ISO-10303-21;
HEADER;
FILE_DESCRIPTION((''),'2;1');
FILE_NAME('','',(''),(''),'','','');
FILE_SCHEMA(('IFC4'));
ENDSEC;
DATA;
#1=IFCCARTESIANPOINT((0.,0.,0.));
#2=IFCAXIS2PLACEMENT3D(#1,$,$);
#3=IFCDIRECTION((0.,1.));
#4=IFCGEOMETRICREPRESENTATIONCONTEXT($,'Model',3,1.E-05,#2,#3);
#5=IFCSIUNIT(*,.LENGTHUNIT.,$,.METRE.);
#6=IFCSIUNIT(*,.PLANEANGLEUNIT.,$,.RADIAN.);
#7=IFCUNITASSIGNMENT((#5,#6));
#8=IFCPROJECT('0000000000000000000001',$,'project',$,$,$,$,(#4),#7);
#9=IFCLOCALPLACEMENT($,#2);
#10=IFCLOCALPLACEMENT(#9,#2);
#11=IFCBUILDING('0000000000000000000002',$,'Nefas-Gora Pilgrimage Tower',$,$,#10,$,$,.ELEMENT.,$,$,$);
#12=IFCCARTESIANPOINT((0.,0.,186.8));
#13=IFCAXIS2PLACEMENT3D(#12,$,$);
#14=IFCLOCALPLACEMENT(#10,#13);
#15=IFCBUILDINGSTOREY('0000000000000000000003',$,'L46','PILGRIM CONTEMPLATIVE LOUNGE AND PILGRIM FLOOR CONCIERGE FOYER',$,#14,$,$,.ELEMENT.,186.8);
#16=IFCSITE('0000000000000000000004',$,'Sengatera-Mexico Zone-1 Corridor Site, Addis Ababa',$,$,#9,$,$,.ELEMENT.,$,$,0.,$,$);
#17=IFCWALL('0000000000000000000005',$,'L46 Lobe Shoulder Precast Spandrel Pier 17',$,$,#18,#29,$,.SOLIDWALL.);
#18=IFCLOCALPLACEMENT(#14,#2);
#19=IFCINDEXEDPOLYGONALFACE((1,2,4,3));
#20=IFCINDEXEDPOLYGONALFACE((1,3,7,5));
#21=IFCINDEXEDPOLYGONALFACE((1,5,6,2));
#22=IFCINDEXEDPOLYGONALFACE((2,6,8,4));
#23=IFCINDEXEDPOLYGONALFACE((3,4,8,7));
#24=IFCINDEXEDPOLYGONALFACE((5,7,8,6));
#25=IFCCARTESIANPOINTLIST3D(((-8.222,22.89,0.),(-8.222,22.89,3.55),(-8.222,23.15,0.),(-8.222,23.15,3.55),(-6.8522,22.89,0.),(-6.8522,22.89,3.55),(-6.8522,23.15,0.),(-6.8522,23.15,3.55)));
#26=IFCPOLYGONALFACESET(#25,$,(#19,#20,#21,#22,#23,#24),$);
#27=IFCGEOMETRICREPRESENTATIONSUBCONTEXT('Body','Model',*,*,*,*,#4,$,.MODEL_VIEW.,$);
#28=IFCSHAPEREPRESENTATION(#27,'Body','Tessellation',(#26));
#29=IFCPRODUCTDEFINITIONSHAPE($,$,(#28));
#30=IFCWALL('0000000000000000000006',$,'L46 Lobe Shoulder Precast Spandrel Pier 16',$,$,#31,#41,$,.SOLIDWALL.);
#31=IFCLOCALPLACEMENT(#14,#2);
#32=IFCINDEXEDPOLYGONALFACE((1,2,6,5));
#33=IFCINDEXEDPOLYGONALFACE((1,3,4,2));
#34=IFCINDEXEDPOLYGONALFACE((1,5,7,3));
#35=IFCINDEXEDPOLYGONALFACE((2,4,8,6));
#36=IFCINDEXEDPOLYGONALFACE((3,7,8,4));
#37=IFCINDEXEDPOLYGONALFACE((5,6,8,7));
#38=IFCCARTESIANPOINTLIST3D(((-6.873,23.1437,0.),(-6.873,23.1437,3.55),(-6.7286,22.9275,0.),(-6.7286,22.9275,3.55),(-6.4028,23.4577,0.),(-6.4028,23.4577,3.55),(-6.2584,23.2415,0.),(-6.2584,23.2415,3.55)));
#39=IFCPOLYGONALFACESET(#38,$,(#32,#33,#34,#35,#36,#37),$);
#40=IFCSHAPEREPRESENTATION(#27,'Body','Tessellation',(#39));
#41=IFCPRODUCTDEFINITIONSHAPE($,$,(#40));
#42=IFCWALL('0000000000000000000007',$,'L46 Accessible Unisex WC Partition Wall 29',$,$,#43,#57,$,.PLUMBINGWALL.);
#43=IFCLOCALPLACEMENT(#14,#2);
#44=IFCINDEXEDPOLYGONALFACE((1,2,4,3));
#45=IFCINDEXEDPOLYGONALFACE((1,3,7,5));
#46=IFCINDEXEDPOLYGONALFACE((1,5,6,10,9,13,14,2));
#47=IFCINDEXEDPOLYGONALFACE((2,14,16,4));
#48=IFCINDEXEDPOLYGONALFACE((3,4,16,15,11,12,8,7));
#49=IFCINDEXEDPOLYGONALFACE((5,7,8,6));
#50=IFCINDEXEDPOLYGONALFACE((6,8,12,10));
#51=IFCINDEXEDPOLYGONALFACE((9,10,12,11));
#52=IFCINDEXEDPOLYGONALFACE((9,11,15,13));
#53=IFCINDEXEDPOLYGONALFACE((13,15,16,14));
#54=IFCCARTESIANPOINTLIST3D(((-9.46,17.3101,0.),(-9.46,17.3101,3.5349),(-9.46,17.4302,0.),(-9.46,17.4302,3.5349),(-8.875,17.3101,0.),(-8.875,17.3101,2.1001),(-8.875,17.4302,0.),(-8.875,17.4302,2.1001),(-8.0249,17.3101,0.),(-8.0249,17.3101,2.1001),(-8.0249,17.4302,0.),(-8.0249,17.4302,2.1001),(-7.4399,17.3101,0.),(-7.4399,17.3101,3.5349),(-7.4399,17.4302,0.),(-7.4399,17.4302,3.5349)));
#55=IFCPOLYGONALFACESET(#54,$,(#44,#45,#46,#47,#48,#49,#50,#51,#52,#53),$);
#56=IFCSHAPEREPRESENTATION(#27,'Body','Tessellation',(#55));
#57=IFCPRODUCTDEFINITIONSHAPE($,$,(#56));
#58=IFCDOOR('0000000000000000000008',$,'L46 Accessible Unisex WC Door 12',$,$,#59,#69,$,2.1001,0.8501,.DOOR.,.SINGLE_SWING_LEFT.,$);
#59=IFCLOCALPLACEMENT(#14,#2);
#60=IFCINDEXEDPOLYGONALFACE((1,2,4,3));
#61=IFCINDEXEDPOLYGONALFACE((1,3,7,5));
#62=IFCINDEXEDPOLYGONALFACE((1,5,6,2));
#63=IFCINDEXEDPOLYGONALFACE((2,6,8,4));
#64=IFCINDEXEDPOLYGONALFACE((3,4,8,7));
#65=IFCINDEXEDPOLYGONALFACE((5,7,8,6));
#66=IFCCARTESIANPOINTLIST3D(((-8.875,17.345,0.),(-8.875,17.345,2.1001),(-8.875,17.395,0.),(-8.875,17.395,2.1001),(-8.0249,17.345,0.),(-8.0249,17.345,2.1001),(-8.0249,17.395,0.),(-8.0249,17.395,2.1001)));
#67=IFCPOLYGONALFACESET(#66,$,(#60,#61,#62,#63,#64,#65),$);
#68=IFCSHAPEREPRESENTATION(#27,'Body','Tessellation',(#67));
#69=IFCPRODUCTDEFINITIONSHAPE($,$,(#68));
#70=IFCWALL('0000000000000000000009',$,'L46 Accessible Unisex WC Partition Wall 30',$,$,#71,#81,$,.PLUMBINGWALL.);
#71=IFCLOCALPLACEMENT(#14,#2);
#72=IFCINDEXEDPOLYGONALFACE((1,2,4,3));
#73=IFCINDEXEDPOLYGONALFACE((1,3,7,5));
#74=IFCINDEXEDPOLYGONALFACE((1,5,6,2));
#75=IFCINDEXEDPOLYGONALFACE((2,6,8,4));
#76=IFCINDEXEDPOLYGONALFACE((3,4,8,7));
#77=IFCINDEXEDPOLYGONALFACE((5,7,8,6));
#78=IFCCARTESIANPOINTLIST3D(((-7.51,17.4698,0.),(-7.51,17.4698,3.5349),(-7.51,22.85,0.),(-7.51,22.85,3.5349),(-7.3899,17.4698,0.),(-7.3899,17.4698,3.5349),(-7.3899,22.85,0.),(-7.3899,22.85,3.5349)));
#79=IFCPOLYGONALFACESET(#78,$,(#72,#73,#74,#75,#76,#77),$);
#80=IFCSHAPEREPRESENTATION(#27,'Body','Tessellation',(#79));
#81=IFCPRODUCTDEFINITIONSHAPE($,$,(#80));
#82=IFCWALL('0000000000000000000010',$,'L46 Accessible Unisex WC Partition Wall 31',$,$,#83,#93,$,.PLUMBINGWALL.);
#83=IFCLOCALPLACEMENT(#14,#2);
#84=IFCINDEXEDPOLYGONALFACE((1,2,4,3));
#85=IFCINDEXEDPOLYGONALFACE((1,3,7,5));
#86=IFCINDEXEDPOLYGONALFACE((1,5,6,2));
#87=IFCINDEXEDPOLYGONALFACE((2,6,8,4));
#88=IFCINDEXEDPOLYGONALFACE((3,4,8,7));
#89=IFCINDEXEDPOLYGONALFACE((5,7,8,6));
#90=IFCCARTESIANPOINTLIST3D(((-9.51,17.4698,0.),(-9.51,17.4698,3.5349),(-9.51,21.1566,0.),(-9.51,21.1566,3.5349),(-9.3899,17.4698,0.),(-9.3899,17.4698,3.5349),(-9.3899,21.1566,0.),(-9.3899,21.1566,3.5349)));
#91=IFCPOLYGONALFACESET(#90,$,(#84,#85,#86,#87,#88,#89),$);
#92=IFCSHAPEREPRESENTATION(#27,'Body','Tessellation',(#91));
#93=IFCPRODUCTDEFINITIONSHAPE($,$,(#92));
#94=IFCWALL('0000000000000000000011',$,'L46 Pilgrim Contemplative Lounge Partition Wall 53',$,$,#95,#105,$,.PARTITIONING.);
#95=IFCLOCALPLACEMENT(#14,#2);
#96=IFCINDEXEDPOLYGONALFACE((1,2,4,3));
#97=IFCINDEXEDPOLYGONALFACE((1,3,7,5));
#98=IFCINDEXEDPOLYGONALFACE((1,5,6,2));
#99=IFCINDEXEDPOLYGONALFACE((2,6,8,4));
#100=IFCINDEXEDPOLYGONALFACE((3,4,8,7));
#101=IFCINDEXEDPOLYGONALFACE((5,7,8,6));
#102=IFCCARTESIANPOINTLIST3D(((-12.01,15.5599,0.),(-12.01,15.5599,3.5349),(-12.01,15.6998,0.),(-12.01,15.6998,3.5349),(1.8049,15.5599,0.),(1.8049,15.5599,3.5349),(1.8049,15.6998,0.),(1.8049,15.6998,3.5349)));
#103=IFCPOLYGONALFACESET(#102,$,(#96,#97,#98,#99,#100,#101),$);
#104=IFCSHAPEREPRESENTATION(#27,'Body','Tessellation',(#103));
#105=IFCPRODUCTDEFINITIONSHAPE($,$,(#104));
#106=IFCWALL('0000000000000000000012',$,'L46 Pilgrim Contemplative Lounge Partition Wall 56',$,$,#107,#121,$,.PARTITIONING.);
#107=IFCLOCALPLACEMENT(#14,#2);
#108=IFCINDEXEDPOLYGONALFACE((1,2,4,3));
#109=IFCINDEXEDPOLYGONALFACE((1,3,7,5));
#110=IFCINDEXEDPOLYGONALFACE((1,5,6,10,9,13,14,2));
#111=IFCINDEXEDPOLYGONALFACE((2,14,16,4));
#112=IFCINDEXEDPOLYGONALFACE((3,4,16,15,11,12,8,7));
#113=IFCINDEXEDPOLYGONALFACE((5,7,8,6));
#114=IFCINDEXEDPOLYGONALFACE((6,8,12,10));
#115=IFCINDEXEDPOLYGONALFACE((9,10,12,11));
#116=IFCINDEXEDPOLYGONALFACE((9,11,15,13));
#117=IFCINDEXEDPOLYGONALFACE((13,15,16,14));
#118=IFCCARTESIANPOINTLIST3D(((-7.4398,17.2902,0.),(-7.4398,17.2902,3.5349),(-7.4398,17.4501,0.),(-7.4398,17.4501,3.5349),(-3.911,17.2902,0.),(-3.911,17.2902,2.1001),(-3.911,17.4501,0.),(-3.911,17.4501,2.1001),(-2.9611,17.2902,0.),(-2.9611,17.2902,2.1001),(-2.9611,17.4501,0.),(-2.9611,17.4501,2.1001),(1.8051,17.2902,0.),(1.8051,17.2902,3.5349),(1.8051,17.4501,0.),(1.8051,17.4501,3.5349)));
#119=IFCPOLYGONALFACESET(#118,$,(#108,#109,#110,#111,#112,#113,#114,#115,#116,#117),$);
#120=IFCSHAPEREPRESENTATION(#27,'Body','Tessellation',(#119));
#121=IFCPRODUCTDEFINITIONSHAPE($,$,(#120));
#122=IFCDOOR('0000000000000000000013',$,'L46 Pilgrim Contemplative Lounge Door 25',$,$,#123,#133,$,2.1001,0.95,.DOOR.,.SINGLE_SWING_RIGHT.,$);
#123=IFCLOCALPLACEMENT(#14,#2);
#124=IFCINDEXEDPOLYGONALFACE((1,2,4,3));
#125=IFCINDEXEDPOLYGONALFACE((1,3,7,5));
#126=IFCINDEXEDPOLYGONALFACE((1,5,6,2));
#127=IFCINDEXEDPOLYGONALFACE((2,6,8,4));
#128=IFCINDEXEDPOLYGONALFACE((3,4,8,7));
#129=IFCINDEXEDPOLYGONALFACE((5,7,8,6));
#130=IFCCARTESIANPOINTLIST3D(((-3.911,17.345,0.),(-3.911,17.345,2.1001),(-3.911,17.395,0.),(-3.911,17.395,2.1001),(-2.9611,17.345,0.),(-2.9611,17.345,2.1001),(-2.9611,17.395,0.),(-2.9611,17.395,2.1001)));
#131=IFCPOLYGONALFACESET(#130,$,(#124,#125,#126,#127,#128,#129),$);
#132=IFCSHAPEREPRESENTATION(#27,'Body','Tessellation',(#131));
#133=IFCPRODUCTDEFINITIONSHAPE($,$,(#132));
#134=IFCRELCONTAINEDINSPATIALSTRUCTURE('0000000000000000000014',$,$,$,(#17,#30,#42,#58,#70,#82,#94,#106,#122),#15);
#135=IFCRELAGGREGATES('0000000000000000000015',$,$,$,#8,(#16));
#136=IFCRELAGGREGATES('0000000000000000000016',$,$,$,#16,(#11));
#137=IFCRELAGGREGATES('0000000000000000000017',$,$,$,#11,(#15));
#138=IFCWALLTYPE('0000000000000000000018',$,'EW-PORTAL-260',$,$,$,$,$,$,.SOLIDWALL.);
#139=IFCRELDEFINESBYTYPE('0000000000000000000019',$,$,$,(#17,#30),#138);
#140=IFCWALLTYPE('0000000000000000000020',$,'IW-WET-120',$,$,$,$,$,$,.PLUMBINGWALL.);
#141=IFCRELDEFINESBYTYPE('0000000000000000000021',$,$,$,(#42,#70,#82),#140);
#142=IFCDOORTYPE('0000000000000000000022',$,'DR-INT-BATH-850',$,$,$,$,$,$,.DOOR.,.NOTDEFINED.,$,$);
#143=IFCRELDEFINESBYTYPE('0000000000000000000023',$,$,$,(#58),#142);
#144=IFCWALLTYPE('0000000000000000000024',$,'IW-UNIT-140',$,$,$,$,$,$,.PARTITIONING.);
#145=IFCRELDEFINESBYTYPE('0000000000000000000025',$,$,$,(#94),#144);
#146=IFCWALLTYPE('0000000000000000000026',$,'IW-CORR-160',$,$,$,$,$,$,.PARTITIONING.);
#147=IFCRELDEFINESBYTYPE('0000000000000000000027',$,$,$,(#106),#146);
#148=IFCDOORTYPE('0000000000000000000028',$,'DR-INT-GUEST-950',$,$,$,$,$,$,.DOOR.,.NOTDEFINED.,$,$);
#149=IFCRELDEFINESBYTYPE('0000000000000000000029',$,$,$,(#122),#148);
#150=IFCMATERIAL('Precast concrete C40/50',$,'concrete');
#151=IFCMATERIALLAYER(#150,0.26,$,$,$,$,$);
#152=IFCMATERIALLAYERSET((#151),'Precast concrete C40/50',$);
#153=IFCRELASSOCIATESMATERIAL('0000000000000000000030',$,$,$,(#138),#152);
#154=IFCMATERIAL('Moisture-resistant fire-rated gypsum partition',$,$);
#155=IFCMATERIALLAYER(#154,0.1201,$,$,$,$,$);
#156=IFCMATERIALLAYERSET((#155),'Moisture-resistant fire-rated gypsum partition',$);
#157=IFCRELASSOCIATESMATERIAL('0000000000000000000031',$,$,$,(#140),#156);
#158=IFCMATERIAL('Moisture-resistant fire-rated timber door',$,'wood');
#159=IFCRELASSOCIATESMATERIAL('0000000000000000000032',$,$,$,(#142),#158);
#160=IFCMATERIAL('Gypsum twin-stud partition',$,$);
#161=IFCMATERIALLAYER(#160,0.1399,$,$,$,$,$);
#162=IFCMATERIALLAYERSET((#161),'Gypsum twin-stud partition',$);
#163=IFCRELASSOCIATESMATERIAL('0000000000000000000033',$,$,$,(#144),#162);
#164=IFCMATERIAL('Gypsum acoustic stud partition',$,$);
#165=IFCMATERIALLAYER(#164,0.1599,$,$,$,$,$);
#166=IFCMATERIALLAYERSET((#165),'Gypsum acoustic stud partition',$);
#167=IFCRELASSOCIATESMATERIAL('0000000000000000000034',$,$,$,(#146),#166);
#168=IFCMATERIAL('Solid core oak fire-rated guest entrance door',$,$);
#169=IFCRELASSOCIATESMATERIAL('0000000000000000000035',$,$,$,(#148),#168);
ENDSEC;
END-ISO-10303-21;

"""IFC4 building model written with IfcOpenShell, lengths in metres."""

from ifc_helpers import new_model, si_unit, direction, frame, frame_2d, origin, place, context, subcontext, project, spatial, rectangle, extrude, source, transform, mapped, material, layer, layer_set, type_object, element, fill, save


model = new_model("IFC4")

# Units and contexts
model_context = context("Model", 3, precision=1e-05, world=origin(), true_north=direction((0.0, 1.0)))
body_context = subcontext(model_context, "Body", "Model", "MODEL_VIEW")
ifc_project = project(units=[si_unit("LENGTHUNIT", "METRE"), si_unit("PLANEANGLEUNIT", "RADIAN")], contexts=[model_context])

# Site, building, storey
site_placement = place(None, origin())
site = spatial("IfcSite", under=ifc_project, at=site_placement, Name="Sengatera-Mexico Zone-1 Corridor Site, Addis Ababa", CompositionType="ELEMENT", RefElevation=0.0)
building_placement = place(site_placement, origin())
building = spatial("IfcBuilding", under=site, at=building_placement, Name="Nefas-Gora Pilgrimage Tower", CompositionType="ELEMENT")
storey_placement = place(building_placement, frame((0.0, 0.0, 186.8)))
storey = spatial("IfcBuildingStorey", under=building, at=storey_placement, Name="L46", Description="PILGRIM CONTEMPLATIVE LOUNGE AND PILGRIM FLOOR CONCIERGE FOYER", CompositionType="ELEMENT", Elevation=186.8)

# Walls
ifc_material_1 = material(Name="Precast concrete C40/50", Category="concrete")
ifc_layer_1 = layer(ifc_material_1, 0.26)
ifc_layer_set_1 = layer_set([ifc_layer_1], Name="Precast concrete C40/50")
wall_type_1 = type_object("IfcWallType", Name="EW-PORTAL-260", PredefinedType="SOLIDWALL", material=ifc_layer_set_1)
shared_shape_1 = source(origin(), body_context, "Body", "SweptSolid", [
    extrude(rectangle(XDim=1.3699, YDim=0.26, at=frame_2d((0.6851, 0.0))), origin(), (0.0, 0.0, 1.0), 3.55),
])
wall_1_placement = place(storey_placement, frame((-6.8521, 23.02, 0.0), z_axis=(0.0, 0.0, 1.0), x_axis=(-1.0, 0.0, 0.0)))
element("IfcWall", 1, at=wall_1_placement, inside=storey, type_object=wall_type_1, Name="L46 Lobe Shoulder Precast Spandrel Pier 17", PredefinedType="SOLIDWALL", context=body_context, shape_type="MappedRepresentation", body=[
    mapped(shared_shape_1, transform((0.0, 0.0, 0.0), x_axis=(1.0, 0.0, 0.0), y_axis=(0.0, 1.0, 0.0), z_axis=(0.0, 0.0, 1.0), scale=1.0)),
])
shared_shape_2 = source(origin(), body_context, "Body", "SweptSolid", [
    extrude(rectangle(XDim=0.5654, YDim=0.26, at=frame_2d((0.2827, 0.0))), origin(), (0.0, 0.0, 1.0), 3.55),
])
wall_2_placement = place(storey_placement, frame((-6.3306, 23.3496, 0.0), z_axis=(0.0, 0.0, 1.0), x_axis=(-0.831651, -0.555298, 0.0)))
element("IfcWall", 2, at=wall_2_placement, inside=storey, type_object=wall_type_1, Name="L46 Lobe Shoulder Precast Spandrel Pier 16", PredefinedType="SOLIDWALL", context=body_context, shape_type="MappedRepresentation", body=[
    mapped(shared_shape_2, transform((0.0, 0.0, 0.0), x_axis=(1.0, 0.0, 0.0), y_axis=(0.0, 1.0, 0.0), z_axis=(0.0, 0.0, 1.0), scale=1.0)),
])

# Wall, opening, door
ifc_material_2 = material(Name="Moisture-resistant fire-rated gypsum partition")
ifc_layer_2 = layer(ifc_material_2, 0.1201)
ifc_layer_set_2 = layer_set([ifc_layer_2], Name="Moisture-resistant fire-rated gypsum partition")
wall_type_2 = type_object("IfcWallType", Name="IW-WET-120", PredefinedType="PLUMBINGWALL", material=ifc_layer_set_2)
shared_shape_3 = source(origin(), body_context, "Body", "SweptSolid", [
    extrude(rectangle(XDim=2.02, YDim=0.1201, at=frame_2d((1.01, 0.0))), origin(), (0.0, 0.0, 1.0), 3.5349),
])
wall_3_placement = place(storey_placement, frame((-9.46, 17.3701, 0.0), z_axis=(0.0, 0.0, 1.0), x_axis=(1.0, 0.0, 0.0)))
wall_3 = element("IfcWall", 3, at=wall_3_placement, inside=storey, type_object=wall_type_2, Name="L46 Accessible Unisex WC Partition Wall 29", PredefinedType="PLUMBINGWALL", context=body_context, shape_type="MappedRepresentation", body=[
    mapped(shared_shape_3, transform((0.0, 0.0, 0.0), x_axis=(1.0, 0.0, 0.0), y_axis=(0.0, 1.0, 0.0), z_axis=(0.0, 0.0, 1.0), scale=1.0)),
])
opening_1_placement = place(wall_3_placement, frame((0.585, 0.0, 0.0)))
opening_1 = element("IfcOpeningElement", 4, at=opening_1_placement, cuts=wall_3, PredefinedType="OPENING", context=body_context, shape_type="SweptSolid", body=[
    extrude(rectangle(XDim=0.8501, YDim=2.1001, at=frame_2d((0.425, 1.05))), frame((0.0, 0.0701, 0.0), z_axis=(0.0, -1.0, 0.0), x_axis=(1.0, 0.0, 0.0)), (0.0, 0.0, 1.0), 0.1401),
])
ifc_material_3 = material(Name="Moisture-resistant fire-rated timber door", Category="wood")
door_type_1 = type_object("IfcDoorType", Name="DR-INT-BATH-850", OperationType="NOTDEFINED", PredefinedType="DOOR", material=ifc_material_3)
shared_shape_4 = source(origin(), body_context, "Body", "SweptSolid", [
    extrude(rectangle(XDim=0.8501, YDim=2.1001, at=frame_2d((0.425, 1.05))), frame((0.0, 0.0249, 0.0), z_axis=(0.0, -1.0, 0.0), x_axis=(1.0, 0.0, 0.0)), (0.0, 0.0, 1.0), 0.05),
])
door_1_placement = place(opening_1_placement, origin())
door_1 = element("IfcDoor", 5, at=door_1_placement, inside=storey, type_object=door_type_1, Name="L46 Accessible Unisex WC Door 12", OperationType="SINGLE_SWING_LEFT", OverallHeight=2.1001, OverallWidth=0.8501, PredefinedType="DOOR", context=body_context, shape_type="MappedRepresentation", body=[
    mapped(shared_shape_4, transform((0.0, 0.0, 0.0), x_axis=(1.0, 0.0, 0.0), y_axis=(0.0, 1.0, 0.0), z_axis=(0.0, 0.0, 1.0), scale=1.0)),
])
fill(opening_1, door_1)

# Walls
shared_shape_5 = source(origin(), body_context, "Body", "SweptSolid", [
    extrude(rectangle(XDim=5.3801, YDim=0.1201, at=frame_2d((2.6899, 0.0))), origin(), (0.0, 0.0, 1.0), 3.5349),
])
wall_4_placement = place(storey_placement, frame((-7.45, 17.47, 0.0), z_axis=(0.0, 0.0, 1.0), x_axis=(0.0, 1.0, 0.0)))
element("IfcWall", 6, at=wall_4_placement, inside=storey, type_object=wall_type_2, Name="L46 Accessible Unisex WC Partition Wall 30", PredefinedType="PLUMBINGWALL", context=body_context, shape_type="MappedRepresentation", body=[
    mapped(shared_shape_5, transform((0.0, 0.0, 0.0), x_axis=(1.0, 0.0, 0.0), y_axis=(0.0, 1.0, 0.0), z_axis=(0.0, 0.0, 1.0), scale=1.0)),
])
shared_shape_6 = source(origin(), body_context, "Body", "SweptSolid", [
    extrude(rectangle(XDim=3.6868, YDim=0.1201, at=frame_2d((1.8433, 0.0))), origin(), (0.0, 0.0, 1.0), 3.5349),
])
wall_5_placement = place(storey_placement, frame((-9.45, 17.47, 0.0), z_axis=(0.0, 0.0, 1.0), x_axis=(0.0, 1.0, 0.0)))
element("IfcWall", 7, at=wall_5_placement, inside=storey, type_object=wall_type_2, Name="L46 Accessible Unisex WC Partition Wall 31", PredefinedType="PLUMBINGWALL", context=body_context, shape_type="MappedRepresentation", body=[
    mapped(shared_shape_6, transform((0.0, 0.0, 0.0), x_axis=(1.0, 0.0, 0.0), y_axis=(0.0, 1.0, 0.0), z_axis=(0.0, 0.0, 1.0), scale=1.0)),
])
ifc_material_4 = material(Name="Gypsum twin-stud partition")
ifc_layer_3 = layer(ifc_material_4, 0.1399)
ifc_layer_set_3 = layer_set([ifc_layer_3], Name="Gypsum twin-stud partition")
wall_type_3 = type_object("IfcWallType", Name="IW-UNIT-140", PredefinedType="PARTITIONING", material=ifc_layer_set_3)
shared_shape_7 = source(origin(), body_context, "Body", "SweptSolid", [
    extrude(rectangle(XDim=13.8149, YDim=0.1399, at=frame_2d((6.9075, 0.0))), origin(), (0.0, 0.0, 1.0), 3.5349),
])
wall_6_placement = place(storey_placement, frame((-12.01, 15.6299, 0.0), z_axis=(0.0, 0.0, 1.0), x_axis=(1.0, 0.0, 0.0)))
element("IfcWall", 8, at=wall_6_placement, inside=storey, type_object=wall_type_3, Name="L46 Pilgrim Contemplative Lounge Partition Wall 53", PredefinedType="PARTITIONING", context=body_context, shape_type="MappedRepresentation", body=[
    mapped(shared_shape_7, transform((0.0, 0.0, 0.0), x_axis=(1.0, 0.0, 0.0), y_axis=(0.0, 1.0, 0.0), z_axis=(0.0, 0.0, 1.0), scale=1.0)),
])

# Wall, opening, door
ifc_material_5 = material(Name="Gypsum acoustic stud partition")
ifc_layer_4 = layer(ifc_material_5, 0.1599)
ifc_layer_set_4 = layer_set([ifc_layer_4], Name="Gypsum acoustic stud partition")
wall_type_4 = type_object("IfcWallType", Name="IW-CORR-160", PredefinedType="PARTITIONING", material=ifc_layer_set_4)
shared_shape_8 = source(origin(), body_context, "Body", "SweptSolid", [
    extrude(rectangle(XDim=9.2449, YDim=0.1599, at=frame_2d((4.6226, 0.0))), origin(), (0.0, 0.0, 1.0), 3.5349),
])
wall_7_placement = place(storey_placement, frame((-7.4399, 17.3701, 0.0), z_axis=(0.0, 0.0, 1.0), x_axis=(1.0, 0.0, 0.0)))
wall_7 = element("IfcWall", 9, at=wall_7_placement, inside=storey, type_object=wall_type_4, Name="L46 Pilgrim Contemplative Lounge Partition Wall 56", PredefinedType="PARTITIONING", context=body_context, shape_type="MappedRepresentation", body=[
    mapped(shared_shape_8, transform((0.0, 0.0, 0.0), x_axis=(1.0, 0.0, 0.0), y_axis=(0.0, 1.0, 0.0), z_axis=(0.0, 0.0, 1.0), scale=1.0)),
])
opening_2_placement = place(wall_7_placement, frame((3.5288, 0.0, 0.0)))
opening_2 = element("IfcOpeningElement", 10, at=opening_2_placement, cuts=wall_7, PredefinedType="OPENING", context=body_context, shape_type="SweptSolid", body=[
    extrude(rectangle(XDim=0.95, YDim=2.1001, at=frame_2d((0.4751, 1.05))), frame((0.0, 0.0898, 0.0), z_axis=(0.0, -1.0, 0.0), x_axis=(1.0, 0.0, 0.0)), (0.0, 0.0, 1.0), 0.1799),
])
ifc_material_6 = material(Name="Solid core oak fire-rated guest entrance door")
door_type_2 = type_object("IfcDoorType", Name="DR-INT-GUEST-950", OperationType="NOTDEFINED", PredefinedType="DOOR", material=ifc_material_6)
shared_shape_9 = source(origin(), body_context, "Body", "SweptSolid", [
    extrude(rectangle(XDim=0.95, YDim=2.1001, at=frame_2d((0.4751, 1.05))), frame((0.0, 0.0249, 0.0), z_axis=(0.0, -1.0, 0.0), x_axis=(1.0, 0.0, 0.0)), (0.0, 0.0, 1.0), 0.05),
])
door_2_placement = place(opening_2_placement, origin())
door_2 = element("IfcDoor", 11, at=door_2_placement, inside=storey, type_object=door_type_2, Name="L46 Pilgrim Contemplative Lounge Door 25", OperationType="SINGLE_SWING_RIGHT", OverallHeight=2.1001, OverallWidth=0.95, PredefinedType="DOOR", context=body_context, shape_type="MappedRepresentation", body=[
    mapped(shared_shape_9, transform((0.0, 0.0, 0.0), x_axis=(1.0, 0.0, 0.0), y_axis=(0.0, 1.0, 0.0), z_axis=(0.0, 0.0, 1.0), scale=1.0)),
])
fill(opening_2, door_2)

save(model, "model.ifc")
